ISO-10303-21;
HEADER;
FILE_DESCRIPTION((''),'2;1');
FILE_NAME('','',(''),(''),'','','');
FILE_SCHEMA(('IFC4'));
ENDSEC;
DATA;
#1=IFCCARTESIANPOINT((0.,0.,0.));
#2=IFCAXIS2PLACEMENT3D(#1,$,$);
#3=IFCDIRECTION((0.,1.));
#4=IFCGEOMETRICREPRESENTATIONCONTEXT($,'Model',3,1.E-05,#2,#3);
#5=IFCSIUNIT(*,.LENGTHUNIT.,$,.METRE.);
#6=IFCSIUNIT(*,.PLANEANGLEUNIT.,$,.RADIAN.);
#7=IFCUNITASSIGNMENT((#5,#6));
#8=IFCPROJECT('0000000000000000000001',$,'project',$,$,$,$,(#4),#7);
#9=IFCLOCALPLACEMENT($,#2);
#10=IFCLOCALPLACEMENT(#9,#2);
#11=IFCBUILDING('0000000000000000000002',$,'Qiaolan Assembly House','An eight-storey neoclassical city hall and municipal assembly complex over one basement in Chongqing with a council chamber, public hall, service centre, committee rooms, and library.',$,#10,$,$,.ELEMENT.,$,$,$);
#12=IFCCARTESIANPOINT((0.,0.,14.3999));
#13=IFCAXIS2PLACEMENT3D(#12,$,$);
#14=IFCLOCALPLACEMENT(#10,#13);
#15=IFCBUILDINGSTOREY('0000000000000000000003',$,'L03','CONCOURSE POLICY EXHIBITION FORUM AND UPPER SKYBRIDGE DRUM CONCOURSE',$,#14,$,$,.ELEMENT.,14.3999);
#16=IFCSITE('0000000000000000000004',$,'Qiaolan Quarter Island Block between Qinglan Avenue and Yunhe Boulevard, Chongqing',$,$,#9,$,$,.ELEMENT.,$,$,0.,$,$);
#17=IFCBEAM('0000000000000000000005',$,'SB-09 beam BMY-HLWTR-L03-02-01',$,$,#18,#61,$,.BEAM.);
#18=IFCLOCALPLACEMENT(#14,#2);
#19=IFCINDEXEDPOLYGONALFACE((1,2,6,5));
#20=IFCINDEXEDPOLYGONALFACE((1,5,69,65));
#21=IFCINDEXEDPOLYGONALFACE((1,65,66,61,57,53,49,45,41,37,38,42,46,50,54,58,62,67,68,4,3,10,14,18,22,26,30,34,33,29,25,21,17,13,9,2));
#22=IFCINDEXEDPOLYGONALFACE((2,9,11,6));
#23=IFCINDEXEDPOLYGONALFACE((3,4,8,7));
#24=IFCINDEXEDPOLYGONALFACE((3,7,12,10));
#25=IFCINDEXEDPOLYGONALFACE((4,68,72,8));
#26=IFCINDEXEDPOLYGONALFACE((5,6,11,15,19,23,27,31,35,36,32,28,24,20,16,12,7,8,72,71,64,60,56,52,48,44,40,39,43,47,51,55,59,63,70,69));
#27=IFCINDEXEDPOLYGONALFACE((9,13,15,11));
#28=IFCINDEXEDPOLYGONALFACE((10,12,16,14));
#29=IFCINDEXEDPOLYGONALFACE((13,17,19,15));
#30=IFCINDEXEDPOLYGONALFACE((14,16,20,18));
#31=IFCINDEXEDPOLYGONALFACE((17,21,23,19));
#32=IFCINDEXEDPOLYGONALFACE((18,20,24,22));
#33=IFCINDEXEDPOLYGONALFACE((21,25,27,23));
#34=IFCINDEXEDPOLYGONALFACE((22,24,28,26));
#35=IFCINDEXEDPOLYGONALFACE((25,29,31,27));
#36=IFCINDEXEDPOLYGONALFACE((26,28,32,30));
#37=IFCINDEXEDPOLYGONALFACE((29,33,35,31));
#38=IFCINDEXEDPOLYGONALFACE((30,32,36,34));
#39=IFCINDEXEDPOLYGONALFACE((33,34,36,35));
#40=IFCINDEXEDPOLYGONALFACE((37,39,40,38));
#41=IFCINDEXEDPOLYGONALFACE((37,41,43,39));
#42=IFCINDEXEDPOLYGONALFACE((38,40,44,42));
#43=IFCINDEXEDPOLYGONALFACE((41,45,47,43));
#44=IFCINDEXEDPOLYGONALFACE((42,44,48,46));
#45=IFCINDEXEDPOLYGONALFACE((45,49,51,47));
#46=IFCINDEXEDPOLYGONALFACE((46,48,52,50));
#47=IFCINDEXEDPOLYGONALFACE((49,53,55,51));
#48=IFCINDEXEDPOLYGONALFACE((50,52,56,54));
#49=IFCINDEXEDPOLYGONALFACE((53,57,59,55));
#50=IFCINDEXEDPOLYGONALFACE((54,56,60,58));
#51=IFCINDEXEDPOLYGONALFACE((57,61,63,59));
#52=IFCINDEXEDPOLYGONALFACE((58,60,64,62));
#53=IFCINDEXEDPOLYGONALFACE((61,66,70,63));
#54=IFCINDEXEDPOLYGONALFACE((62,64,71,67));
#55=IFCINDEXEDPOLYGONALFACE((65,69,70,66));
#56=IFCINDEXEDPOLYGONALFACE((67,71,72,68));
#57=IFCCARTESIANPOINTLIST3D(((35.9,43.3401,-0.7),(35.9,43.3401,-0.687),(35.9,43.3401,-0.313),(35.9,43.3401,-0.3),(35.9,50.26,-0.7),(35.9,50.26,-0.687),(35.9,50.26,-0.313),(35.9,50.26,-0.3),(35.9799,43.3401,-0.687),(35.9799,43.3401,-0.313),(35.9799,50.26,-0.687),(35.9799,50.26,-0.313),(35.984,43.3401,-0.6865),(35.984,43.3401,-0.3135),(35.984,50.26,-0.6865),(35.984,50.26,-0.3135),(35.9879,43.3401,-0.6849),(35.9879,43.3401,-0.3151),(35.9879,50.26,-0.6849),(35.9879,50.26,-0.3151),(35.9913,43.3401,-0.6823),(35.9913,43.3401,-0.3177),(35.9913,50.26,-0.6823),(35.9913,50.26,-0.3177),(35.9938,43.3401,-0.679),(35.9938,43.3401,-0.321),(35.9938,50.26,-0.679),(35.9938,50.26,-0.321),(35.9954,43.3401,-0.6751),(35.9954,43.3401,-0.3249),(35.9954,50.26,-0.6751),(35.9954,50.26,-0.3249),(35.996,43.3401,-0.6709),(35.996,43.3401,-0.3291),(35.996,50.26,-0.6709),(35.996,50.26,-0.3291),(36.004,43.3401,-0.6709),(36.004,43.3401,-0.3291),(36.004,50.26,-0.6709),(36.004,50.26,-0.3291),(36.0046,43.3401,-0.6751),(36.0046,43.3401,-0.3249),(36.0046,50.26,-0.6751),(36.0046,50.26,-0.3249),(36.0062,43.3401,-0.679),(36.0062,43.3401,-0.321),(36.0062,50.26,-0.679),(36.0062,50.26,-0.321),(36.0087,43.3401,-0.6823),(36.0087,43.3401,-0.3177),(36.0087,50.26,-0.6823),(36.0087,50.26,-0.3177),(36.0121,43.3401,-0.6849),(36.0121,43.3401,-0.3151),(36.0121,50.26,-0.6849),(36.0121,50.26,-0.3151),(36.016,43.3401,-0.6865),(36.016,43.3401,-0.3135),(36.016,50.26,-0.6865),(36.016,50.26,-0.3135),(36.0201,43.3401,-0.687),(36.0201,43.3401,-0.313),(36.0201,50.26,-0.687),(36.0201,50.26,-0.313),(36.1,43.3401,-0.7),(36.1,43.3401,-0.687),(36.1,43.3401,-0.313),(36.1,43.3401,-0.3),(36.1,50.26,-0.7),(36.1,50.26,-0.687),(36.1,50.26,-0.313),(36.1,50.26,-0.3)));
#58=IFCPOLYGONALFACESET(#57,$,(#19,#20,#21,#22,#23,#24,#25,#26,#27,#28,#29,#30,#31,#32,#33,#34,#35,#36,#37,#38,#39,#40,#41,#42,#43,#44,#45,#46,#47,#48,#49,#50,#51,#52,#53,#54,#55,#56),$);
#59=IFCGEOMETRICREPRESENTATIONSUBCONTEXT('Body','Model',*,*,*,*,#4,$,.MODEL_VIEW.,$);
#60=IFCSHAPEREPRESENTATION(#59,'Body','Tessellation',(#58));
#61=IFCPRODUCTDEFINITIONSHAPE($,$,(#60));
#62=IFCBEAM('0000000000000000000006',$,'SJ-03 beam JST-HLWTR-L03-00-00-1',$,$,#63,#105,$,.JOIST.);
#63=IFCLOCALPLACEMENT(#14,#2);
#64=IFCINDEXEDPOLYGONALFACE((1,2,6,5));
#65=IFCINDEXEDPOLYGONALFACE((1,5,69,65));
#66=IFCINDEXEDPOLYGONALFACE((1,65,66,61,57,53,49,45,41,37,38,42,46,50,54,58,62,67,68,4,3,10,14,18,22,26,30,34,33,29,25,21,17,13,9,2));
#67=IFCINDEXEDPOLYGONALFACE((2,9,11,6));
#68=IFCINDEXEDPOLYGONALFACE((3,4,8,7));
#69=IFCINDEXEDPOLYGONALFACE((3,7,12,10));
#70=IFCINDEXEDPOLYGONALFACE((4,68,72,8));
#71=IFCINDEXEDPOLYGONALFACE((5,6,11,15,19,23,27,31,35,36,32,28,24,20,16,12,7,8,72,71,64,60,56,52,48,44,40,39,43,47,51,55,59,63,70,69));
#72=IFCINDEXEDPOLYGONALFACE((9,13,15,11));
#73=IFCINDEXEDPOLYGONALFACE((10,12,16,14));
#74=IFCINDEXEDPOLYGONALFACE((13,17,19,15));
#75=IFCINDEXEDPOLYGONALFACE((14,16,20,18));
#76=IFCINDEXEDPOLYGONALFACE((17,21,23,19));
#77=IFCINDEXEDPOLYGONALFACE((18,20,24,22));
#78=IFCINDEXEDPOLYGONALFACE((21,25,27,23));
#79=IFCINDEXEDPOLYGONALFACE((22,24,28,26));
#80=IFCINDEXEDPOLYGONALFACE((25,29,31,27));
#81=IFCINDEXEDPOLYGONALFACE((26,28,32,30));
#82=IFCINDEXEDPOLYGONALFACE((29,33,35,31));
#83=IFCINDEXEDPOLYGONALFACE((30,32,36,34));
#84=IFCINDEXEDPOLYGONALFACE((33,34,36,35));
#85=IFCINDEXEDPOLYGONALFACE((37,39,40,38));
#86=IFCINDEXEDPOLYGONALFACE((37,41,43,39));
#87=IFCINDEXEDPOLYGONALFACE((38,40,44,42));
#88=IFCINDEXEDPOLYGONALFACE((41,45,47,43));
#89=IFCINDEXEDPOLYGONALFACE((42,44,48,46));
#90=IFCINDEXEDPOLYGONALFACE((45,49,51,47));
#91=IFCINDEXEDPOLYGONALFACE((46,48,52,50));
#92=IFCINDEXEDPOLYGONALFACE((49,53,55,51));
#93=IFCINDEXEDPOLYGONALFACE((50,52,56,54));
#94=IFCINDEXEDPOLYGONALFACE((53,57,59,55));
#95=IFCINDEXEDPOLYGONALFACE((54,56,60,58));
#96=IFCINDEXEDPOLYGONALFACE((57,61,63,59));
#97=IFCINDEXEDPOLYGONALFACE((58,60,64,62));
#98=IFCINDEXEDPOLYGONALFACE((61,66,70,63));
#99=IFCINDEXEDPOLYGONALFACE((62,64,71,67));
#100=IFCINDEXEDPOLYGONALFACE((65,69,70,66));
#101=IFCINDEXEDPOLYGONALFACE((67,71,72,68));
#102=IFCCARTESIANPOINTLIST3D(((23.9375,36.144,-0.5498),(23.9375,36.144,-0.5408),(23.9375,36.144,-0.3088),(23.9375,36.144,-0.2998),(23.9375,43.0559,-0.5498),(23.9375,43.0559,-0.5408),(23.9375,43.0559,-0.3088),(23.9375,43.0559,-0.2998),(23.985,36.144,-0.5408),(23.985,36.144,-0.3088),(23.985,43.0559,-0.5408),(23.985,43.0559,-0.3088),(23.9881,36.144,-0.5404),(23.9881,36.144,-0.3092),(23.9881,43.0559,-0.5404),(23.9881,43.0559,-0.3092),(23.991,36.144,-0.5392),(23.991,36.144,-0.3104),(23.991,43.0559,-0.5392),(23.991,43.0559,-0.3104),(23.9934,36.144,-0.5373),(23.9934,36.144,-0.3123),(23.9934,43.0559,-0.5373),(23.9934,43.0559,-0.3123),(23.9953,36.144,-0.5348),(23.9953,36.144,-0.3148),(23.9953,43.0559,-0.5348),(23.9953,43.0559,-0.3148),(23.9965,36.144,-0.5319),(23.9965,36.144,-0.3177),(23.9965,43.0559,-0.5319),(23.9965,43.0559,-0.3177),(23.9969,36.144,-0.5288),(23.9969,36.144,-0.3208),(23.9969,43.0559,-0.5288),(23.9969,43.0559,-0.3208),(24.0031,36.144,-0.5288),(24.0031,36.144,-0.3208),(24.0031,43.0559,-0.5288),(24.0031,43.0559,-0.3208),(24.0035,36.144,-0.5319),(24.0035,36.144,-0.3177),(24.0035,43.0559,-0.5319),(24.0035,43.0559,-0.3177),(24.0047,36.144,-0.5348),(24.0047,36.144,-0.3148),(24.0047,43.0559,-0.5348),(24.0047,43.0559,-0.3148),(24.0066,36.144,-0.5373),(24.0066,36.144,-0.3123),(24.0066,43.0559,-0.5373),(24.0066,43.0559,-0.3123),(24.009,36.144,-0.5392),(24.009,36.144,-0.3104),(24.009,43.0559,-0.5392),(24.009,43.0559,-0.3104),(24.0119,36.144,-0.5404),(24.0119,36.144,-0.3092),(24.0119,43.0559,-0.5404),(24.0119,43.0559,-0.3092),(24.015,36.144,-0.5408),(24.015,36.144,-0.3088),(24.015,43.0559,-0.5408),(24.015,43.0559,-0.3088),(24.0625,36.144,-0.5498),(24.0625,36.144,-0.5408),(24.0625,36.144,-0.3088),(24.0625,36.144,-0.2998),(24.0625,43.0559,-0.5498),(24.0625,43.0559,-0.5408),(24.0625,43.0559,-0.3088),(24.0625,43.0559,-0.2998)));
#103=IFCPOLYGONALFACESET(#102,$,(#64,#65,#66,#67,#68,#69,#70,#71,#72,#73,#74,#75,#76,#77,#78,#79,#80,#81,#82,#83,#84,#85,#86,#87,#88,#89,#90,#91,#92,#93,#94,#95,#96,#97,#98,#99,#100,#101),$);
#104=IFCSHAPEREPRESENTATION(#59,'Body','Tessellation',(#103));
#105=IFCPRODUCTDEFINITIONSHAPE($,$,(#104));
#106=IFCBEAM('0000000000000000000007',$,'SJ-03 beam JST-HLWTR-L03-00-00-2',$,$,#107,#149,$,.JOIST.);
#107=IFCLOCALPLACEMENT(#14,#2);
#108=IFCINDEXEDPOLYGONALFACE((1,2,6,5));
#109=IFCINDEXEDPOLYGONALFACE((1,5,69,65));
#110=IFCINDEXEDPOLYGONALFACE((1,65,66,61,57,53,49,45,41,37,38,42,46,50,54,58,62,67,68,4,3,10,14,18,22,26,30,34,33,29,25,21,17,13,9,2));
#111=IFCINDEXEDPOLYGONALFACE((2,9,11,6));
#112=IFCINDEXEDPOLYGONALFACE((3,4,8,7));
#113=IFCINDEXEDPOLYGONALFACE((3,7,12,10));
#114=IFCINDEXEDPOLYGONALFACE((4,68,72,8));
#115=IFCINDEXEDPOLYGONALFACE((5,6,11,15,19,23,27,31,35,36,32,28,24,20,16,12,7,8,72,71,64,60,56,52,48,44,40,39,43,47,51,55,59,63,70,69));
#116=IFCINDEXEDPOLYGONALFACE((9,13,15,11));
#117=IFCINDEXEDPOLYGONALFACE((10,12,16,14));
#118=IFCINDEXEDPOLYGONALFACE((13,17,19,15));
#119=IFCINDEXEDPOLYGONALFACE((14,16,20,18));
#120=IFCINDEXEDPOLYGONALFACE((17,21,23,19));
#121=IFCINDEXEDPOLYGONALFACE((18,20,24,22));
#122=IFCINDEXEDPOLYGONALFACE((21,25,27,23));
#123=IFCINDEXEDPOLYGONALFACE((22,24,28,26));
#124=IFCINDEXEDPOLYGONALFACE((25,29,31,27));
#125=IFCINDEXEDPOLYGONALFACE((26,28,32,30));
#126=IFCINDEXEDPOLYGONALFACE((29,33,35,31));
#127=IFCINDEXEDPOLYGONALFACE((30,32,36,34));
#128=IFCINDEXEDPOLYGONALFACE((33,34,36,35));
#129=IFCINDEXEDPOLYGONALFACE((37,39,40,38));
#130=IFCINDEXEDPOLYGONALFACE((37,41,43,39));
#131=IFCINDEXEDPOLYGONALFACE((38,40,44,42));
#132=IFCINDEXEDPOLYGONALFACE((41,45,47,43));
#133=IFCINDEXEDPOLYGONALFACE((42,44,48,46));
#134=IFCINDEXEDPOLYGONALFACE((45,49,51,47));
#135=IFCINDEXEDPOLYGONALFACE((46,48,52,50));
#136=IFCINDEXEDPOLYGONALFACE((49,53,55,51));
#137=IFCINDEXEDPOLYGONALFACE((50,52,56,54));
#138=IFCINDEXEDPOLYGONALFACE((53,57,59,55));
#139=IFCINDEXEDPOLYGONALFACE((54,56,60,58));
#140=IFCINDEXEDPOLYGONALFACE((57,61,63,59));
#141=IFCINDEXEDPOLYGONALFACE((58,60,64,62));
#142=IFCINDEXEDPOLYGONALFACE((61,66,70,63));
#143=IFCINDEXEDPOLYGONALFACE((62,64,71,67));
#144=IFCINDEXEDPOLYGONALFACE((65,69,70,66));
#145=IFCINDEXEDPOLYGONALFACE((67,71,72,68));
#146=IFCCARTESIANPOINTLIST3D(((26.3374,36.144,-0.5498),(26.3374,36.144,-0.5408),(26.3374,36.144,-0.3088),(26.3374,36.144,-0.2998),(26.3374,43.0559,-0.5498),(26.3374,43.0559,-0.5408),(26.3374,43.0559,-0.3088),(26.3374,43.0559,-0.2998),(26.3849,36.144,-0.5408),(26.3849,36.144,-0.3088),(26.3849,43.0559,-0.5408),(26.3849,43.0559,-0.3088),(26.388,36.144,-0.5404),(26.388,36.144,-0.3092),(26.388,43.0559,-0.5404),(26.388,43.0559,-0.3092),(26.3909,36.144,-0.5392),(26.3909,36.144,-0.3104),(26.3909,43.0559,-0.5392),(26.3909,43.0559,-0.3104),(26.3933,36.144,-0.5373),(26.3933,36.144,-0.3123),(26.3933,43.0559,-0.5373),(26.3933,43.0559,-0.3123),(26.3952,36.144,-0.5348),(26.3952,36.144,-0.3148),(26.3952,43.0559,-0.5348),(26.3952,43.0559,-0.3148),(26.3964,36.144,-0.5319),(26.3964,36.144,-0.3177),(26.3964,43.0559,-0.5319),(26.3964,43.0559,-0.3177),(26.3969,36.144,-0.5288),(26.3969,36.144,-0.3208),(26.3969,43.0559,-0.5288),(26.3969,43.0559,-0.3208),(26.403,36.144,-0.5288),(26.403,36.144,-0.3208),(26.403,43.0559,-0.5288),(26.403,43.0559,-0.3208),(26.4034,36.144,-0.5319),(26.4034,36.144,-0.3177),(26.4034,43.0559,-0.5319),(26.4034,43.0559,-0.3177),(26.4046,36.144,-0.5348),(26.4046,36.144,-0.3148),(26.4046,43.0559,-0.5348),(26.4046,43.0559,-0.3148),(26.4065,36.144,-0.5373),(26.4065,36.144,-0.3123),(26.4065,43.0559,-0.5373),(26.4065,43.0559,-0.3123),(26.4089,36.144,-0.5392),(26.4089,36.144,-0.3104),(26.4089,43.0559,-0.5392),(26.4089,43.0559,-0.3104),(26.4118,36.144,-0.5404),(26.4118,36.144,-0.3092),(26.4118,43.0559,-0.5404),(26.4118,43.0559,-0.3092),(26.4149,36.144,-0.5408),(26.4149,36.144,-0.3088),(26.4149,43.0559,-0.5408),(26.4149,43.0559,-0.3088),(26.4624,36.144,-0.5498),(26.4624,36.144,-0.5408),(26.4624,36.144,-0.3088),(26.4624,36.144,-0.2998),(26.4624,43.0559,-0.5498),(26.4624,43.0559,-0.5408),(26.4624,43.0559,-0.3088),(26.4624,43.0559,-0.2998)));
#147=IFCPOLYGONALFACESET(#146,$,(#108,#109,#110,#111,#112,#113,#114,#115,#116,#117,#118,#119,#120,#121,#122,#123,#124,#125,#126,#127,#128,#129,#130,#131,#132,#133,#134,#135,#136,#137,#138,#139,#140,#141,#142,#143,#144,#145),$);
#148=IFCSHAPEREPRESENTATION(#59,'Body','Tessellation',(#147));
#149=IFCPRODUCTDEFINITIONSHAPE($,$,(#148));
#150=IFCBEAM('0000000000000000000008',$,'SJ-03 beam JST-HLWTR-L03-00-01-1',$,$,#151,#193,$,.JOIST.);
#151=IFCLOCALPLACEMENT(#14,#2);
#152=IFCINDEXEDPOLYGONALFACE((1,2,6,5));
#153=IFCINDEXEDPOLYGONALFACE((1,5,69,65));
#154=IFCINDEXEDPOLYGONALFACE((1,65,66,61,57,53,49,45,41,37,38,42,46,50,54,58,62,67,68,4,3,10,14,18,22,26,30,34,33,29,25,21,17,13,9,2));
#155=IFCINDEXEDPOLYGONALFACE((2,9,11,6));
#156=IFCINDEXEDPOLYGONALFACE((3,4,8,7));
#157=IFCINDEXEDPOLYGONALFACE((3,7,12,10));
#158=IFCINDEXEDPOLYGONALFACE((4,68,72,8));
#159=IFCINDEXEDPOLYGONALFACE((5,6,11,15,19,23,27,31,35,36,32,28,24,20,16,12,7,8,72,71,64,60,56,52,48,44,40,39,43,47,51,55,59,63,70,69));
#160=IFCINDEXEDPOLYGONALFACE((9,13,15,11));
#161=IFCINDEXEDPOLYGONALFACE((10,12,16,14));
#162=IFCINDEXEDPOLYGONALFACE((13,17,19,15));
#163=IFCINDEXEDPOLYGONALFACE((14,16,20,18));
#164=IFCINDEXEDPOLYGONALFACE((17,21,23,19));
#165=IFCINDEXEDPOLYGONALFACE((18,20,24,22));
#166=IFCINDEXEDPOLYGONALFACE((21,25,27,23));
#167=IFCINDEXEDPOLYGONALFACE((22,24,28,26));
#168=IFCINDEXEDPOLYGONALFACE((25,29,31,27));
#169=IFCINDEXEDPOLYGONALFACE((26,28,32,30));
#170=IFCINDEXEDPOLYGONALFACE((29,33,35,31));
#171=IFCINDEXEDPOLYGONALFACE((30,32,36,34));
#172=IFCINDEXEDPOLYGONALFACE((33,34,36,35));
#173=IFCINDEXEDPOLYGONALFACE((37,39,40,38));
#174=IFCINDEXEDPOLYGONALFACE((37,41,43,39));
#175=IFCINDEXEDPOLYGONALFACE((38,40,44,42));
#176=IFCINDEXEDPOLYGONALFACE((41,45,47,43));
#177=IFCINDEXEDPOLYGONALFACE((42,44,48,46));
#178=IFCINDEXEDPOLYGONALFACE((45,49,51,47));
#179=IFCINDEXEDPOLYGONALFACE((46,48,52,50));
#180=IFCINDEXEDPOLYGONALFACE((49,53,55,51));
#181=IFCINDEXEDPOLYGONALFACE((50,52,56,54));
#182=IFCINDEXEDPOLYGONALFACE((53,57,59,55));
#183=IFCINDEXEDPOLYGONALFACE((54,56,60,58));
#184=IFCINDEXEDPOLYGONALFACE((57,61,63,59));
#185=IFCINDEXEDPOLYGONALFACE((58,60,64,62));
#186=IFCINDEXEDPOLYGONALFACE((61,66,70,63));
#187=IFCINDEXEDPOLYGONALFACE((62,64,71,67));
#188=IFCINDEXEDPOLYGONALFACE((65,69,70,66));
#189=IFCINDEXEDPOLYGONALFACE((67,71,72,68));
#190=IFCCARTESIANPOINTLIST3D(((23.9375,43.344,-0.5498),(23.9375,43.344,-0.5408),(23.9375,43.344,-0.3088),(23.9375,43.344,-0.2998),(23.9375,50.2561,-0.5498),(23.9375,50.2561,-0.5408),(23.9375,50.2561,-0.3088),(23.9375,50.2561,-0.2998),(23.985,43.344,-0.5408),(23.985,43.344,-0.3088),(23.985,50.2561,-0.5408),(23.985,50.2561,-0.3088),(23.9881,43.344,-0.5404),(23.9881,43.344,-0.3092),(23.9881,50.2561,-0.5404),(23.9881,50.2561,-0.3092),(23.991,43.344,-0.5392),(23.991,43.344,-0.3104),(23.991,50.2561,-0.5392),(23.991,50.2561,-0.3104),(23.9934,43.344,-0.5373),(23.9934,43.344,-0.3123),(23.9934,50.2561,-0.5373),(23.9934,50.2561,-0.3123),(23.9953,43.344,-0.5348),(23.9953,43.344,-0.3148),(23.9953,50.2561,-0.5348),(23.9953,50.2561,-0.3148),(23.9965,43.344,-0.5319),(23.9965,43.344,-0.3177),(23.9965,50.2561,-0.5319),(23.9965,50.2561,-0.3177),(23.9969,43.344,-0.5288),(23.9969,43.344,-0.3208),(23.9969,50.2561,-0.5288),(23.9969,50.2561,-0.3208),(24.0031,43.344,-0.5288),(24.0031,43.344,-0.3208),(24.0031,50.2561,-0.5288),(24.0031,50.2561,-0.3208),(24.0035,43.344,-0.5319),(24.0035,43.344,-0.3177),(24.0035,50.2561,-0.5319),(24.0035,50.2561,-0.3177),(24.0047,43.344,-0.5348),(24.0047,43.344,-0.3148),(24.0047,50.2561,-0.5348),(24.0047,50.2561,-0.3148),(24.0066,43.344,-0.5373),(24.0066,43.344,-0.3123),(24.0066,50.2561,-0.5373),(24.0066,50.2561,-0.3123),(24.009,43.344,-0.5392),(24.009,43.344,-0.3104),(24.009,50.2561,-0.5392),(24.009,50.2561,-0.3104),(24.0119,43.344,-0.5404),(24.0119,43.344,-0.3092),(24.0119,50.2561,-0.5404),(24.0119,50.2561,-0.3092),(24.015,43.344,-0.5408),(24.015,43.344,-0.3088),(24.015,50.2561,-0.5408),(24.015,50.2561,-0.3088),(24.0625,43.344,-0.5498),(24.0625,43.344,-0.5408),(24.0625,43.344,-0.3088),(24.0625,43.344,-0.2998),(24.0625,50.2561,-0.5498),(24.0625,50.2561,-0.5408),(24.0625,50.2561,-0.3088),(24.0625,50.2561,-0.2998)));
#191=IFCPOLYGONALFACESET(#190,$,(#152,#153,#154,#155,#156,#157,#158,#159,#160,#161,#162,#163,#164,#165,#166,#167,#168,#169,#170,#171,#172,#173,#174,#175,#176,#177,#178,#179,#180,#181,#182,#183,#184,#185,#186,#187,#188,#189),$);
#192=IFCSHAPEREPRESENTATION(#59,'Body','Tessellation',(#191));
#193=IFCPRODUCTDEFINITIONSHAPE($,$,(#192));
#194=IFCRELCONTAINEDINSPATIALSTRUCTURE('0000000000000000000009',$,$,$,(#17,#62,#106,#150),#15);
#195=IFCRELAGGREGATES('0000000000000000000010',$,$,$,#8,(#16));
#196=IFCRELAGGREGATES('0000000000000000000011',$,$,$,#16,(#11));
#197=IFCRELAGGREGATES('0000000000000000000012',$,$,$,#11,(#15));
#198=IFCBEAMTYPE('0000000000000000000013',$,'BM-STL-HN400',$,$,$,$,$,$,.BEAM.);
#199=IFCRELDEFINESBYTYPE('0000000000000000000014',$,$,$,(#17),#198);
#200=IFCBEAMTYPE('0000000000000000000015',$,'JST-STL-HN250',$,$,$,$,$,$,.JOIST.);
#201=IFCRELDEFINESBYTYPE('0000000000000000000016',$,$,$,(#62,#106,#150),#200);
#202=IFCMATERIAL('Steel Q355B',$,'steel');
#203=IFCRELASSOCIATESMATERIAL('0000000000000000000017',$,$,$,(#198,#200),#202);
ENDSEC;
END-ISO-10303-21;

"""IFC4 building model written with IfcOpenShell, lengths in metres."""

from ifc_helpers import new_model, si_unit, direction, frame, origin, origin_2d, place, context, subcontext, project, spatial, i_section, extrude, material, material_profile, profile_set, type_object, element, save


model = new_model("IFC4")

# Units and contexts
model_context = context("Model", 3, precision=1e-05, world=origin(), true_north=direction((0.0, 1.0)))
body_context = subcontext(model_context, "Body", "Model", "MODEL_VIEW")
ifc_project = project(units=[si_unit("LENGTHUNIT", "METRE"), si_unit("PLANEANGLEUNIT", "RADIAN")], contexts=[model_context])

# Site, building, storey
site_placement = place(None, origin())
site = spatial("IfcSite", under=ifc_project, at=site_placement, Name="Qiaolan Quarter Island Block between Qinglan Avenue and Yunhe Boulevard, Chongqing", CompositionType="ELEMENT", RefElevation=0.0)
building_placement = place(site_placement, origin())
building = spatial("IfcBuilding", under=site, at=building_placement, Name="Qiaolan Assembly House", Description="An eight-storey neoclassical city hall and municipal assembly complex over one basement in Chongqing with a council chamber, public hall, service centre, committee rooms, and library.", CompositionType="ELEMENT")
storey_placement = place(building_placement, frame((0.0, 0.0, 14.3999)))
storey = spatial("IfcBuildingStorey", under=building, at=storey_placement, Name="L03", Description="CONCOURSE POLICY EXHIBITION FORUM AND UPPER SKYBRIDGE DRUM CONCOURSE", CompositionType="ELEMENT", Elevation=14.3999)

# Shared definitions
ifc_material_1 = material(Name="Steel Q355B", Category="steel")

# Beams
ifc_material_profile_1 = material_profile(ifc_material_1, i_section(OverallWidth=0.2, OverallDepth=0.3999, WebThickness=0.0081, FlangeThickness=0.0129, FilletRadius=0.0161, at=origin_2d()), Name="HN 400x200x8x13")
ifc_profile_set_1 = profile_set([ifc_material_profile_1], Name="Steel Q355B")
beam_type_1 = type_object("IfcBeamType", Name="BM-STL-HN400", PredefinedType="BEAM", material=ifc_profile_set_1)
beam_1_placement = place(storey_placement, frame((36.0, 43.3401, -0.5), z_axis=(0.0, 1.0, 0.0), x_axis=(-1.0, 0.0, 0.0)))
element("IfcBeam", 1, at=beam_1_placement, inside=storey, type_object=beam_type_1, Name="SB-09 beam BMY-HLWTR-L03-02-01", PredefinedType="BEAM", context=body_context, shape_type="SweptSolid", body=[
    extrude(i_section(OverallWidth=0.2, OverallDepth=0.3999, WebThickness=0.0081, FlangeThickness=0.0129, FilletRadius=0.0161, at=origin_2d()), origin(), (0.0, 0.0, 1.0), 6.9199),
])
ifc_material_profile_2 = material_profile(ifc_material_1, i_section(OverallWidth=0.125, OverallDepth=0.25, WebThickness=0.0061, FlangeThickness=0.009, FilletRadius=0.012, at=origin_2d()), Name="HN 250x125x6x9")
ifc_profile_set_2 = profile_set([ifc_material_profile_2], Name="Steel Q355B")
beam_type_2 = type_object("IfcBeamType", Name="JST-STL-HN250", PredefinedType="JOIST", material=ifc_profile_set_2)
for number, where, z_axis, x_axis, name in (
    (2, (24.0, 36.144, -0.4248), (0.0, 1.0, 0.0), (-1.0, 0.0, 0.0), "SJ-03 beam JST-HLWTR-L03-00-00-1"),
    (3, (26.3999, 36.144, -0.4248), (0.0, 1.0, 0.0), (-1.0, 0.0, 0.0), "SJ-03 beam JST-HLWTR-L03-00-00-2"),
):
    element("IfcBeam", number, at=place(storey_placement, frame(where, z_axis=z_axis, x_axis=x_axis)), inside=storey, type_object=beam_type_2, Name=name, PredefinedType="JOIST", context=body_context, shape_type="SweptSolid", body=[
        extrude(i_section(OverallWidth=0.125, OverallDepth=0.25, WebThickness=0.0061, FlangeThickness=0.009, FilletRadius=0.012, at=origin_2d()), origin(), (0.0, 0.0, 1.0), 6.9119),
    ])
for number, where, z_axis, x_axis, name in (
    (4, (24.0, 43.344, -0.4248), (0.0, 1.0, 0.0), (-1.0, 0.0, 0.0), "SJ-03 beam JST-HLWTR-L03-00-01-1"),
):
    element("IfcBeam", number, at=place(storey_placement, frame(where, z_axis=z_axis, x_axis=x_axis)), inside=storey, type_object=beam_type_2, Name=name, PredefinedType="JOIST", context=body_context, shape_type="SweptSolid", body=[
        extrude(i_section(OverallWidth=0.125, OverallDepth=0.25, WebThickness=0.0061, FlangeThickness=0.009, FilletRadius=0.012, at=origin_2d()), origin(), (0.0, 0.0, 1.0), 6.9121),
    ])

save(model, "model.ifc")
